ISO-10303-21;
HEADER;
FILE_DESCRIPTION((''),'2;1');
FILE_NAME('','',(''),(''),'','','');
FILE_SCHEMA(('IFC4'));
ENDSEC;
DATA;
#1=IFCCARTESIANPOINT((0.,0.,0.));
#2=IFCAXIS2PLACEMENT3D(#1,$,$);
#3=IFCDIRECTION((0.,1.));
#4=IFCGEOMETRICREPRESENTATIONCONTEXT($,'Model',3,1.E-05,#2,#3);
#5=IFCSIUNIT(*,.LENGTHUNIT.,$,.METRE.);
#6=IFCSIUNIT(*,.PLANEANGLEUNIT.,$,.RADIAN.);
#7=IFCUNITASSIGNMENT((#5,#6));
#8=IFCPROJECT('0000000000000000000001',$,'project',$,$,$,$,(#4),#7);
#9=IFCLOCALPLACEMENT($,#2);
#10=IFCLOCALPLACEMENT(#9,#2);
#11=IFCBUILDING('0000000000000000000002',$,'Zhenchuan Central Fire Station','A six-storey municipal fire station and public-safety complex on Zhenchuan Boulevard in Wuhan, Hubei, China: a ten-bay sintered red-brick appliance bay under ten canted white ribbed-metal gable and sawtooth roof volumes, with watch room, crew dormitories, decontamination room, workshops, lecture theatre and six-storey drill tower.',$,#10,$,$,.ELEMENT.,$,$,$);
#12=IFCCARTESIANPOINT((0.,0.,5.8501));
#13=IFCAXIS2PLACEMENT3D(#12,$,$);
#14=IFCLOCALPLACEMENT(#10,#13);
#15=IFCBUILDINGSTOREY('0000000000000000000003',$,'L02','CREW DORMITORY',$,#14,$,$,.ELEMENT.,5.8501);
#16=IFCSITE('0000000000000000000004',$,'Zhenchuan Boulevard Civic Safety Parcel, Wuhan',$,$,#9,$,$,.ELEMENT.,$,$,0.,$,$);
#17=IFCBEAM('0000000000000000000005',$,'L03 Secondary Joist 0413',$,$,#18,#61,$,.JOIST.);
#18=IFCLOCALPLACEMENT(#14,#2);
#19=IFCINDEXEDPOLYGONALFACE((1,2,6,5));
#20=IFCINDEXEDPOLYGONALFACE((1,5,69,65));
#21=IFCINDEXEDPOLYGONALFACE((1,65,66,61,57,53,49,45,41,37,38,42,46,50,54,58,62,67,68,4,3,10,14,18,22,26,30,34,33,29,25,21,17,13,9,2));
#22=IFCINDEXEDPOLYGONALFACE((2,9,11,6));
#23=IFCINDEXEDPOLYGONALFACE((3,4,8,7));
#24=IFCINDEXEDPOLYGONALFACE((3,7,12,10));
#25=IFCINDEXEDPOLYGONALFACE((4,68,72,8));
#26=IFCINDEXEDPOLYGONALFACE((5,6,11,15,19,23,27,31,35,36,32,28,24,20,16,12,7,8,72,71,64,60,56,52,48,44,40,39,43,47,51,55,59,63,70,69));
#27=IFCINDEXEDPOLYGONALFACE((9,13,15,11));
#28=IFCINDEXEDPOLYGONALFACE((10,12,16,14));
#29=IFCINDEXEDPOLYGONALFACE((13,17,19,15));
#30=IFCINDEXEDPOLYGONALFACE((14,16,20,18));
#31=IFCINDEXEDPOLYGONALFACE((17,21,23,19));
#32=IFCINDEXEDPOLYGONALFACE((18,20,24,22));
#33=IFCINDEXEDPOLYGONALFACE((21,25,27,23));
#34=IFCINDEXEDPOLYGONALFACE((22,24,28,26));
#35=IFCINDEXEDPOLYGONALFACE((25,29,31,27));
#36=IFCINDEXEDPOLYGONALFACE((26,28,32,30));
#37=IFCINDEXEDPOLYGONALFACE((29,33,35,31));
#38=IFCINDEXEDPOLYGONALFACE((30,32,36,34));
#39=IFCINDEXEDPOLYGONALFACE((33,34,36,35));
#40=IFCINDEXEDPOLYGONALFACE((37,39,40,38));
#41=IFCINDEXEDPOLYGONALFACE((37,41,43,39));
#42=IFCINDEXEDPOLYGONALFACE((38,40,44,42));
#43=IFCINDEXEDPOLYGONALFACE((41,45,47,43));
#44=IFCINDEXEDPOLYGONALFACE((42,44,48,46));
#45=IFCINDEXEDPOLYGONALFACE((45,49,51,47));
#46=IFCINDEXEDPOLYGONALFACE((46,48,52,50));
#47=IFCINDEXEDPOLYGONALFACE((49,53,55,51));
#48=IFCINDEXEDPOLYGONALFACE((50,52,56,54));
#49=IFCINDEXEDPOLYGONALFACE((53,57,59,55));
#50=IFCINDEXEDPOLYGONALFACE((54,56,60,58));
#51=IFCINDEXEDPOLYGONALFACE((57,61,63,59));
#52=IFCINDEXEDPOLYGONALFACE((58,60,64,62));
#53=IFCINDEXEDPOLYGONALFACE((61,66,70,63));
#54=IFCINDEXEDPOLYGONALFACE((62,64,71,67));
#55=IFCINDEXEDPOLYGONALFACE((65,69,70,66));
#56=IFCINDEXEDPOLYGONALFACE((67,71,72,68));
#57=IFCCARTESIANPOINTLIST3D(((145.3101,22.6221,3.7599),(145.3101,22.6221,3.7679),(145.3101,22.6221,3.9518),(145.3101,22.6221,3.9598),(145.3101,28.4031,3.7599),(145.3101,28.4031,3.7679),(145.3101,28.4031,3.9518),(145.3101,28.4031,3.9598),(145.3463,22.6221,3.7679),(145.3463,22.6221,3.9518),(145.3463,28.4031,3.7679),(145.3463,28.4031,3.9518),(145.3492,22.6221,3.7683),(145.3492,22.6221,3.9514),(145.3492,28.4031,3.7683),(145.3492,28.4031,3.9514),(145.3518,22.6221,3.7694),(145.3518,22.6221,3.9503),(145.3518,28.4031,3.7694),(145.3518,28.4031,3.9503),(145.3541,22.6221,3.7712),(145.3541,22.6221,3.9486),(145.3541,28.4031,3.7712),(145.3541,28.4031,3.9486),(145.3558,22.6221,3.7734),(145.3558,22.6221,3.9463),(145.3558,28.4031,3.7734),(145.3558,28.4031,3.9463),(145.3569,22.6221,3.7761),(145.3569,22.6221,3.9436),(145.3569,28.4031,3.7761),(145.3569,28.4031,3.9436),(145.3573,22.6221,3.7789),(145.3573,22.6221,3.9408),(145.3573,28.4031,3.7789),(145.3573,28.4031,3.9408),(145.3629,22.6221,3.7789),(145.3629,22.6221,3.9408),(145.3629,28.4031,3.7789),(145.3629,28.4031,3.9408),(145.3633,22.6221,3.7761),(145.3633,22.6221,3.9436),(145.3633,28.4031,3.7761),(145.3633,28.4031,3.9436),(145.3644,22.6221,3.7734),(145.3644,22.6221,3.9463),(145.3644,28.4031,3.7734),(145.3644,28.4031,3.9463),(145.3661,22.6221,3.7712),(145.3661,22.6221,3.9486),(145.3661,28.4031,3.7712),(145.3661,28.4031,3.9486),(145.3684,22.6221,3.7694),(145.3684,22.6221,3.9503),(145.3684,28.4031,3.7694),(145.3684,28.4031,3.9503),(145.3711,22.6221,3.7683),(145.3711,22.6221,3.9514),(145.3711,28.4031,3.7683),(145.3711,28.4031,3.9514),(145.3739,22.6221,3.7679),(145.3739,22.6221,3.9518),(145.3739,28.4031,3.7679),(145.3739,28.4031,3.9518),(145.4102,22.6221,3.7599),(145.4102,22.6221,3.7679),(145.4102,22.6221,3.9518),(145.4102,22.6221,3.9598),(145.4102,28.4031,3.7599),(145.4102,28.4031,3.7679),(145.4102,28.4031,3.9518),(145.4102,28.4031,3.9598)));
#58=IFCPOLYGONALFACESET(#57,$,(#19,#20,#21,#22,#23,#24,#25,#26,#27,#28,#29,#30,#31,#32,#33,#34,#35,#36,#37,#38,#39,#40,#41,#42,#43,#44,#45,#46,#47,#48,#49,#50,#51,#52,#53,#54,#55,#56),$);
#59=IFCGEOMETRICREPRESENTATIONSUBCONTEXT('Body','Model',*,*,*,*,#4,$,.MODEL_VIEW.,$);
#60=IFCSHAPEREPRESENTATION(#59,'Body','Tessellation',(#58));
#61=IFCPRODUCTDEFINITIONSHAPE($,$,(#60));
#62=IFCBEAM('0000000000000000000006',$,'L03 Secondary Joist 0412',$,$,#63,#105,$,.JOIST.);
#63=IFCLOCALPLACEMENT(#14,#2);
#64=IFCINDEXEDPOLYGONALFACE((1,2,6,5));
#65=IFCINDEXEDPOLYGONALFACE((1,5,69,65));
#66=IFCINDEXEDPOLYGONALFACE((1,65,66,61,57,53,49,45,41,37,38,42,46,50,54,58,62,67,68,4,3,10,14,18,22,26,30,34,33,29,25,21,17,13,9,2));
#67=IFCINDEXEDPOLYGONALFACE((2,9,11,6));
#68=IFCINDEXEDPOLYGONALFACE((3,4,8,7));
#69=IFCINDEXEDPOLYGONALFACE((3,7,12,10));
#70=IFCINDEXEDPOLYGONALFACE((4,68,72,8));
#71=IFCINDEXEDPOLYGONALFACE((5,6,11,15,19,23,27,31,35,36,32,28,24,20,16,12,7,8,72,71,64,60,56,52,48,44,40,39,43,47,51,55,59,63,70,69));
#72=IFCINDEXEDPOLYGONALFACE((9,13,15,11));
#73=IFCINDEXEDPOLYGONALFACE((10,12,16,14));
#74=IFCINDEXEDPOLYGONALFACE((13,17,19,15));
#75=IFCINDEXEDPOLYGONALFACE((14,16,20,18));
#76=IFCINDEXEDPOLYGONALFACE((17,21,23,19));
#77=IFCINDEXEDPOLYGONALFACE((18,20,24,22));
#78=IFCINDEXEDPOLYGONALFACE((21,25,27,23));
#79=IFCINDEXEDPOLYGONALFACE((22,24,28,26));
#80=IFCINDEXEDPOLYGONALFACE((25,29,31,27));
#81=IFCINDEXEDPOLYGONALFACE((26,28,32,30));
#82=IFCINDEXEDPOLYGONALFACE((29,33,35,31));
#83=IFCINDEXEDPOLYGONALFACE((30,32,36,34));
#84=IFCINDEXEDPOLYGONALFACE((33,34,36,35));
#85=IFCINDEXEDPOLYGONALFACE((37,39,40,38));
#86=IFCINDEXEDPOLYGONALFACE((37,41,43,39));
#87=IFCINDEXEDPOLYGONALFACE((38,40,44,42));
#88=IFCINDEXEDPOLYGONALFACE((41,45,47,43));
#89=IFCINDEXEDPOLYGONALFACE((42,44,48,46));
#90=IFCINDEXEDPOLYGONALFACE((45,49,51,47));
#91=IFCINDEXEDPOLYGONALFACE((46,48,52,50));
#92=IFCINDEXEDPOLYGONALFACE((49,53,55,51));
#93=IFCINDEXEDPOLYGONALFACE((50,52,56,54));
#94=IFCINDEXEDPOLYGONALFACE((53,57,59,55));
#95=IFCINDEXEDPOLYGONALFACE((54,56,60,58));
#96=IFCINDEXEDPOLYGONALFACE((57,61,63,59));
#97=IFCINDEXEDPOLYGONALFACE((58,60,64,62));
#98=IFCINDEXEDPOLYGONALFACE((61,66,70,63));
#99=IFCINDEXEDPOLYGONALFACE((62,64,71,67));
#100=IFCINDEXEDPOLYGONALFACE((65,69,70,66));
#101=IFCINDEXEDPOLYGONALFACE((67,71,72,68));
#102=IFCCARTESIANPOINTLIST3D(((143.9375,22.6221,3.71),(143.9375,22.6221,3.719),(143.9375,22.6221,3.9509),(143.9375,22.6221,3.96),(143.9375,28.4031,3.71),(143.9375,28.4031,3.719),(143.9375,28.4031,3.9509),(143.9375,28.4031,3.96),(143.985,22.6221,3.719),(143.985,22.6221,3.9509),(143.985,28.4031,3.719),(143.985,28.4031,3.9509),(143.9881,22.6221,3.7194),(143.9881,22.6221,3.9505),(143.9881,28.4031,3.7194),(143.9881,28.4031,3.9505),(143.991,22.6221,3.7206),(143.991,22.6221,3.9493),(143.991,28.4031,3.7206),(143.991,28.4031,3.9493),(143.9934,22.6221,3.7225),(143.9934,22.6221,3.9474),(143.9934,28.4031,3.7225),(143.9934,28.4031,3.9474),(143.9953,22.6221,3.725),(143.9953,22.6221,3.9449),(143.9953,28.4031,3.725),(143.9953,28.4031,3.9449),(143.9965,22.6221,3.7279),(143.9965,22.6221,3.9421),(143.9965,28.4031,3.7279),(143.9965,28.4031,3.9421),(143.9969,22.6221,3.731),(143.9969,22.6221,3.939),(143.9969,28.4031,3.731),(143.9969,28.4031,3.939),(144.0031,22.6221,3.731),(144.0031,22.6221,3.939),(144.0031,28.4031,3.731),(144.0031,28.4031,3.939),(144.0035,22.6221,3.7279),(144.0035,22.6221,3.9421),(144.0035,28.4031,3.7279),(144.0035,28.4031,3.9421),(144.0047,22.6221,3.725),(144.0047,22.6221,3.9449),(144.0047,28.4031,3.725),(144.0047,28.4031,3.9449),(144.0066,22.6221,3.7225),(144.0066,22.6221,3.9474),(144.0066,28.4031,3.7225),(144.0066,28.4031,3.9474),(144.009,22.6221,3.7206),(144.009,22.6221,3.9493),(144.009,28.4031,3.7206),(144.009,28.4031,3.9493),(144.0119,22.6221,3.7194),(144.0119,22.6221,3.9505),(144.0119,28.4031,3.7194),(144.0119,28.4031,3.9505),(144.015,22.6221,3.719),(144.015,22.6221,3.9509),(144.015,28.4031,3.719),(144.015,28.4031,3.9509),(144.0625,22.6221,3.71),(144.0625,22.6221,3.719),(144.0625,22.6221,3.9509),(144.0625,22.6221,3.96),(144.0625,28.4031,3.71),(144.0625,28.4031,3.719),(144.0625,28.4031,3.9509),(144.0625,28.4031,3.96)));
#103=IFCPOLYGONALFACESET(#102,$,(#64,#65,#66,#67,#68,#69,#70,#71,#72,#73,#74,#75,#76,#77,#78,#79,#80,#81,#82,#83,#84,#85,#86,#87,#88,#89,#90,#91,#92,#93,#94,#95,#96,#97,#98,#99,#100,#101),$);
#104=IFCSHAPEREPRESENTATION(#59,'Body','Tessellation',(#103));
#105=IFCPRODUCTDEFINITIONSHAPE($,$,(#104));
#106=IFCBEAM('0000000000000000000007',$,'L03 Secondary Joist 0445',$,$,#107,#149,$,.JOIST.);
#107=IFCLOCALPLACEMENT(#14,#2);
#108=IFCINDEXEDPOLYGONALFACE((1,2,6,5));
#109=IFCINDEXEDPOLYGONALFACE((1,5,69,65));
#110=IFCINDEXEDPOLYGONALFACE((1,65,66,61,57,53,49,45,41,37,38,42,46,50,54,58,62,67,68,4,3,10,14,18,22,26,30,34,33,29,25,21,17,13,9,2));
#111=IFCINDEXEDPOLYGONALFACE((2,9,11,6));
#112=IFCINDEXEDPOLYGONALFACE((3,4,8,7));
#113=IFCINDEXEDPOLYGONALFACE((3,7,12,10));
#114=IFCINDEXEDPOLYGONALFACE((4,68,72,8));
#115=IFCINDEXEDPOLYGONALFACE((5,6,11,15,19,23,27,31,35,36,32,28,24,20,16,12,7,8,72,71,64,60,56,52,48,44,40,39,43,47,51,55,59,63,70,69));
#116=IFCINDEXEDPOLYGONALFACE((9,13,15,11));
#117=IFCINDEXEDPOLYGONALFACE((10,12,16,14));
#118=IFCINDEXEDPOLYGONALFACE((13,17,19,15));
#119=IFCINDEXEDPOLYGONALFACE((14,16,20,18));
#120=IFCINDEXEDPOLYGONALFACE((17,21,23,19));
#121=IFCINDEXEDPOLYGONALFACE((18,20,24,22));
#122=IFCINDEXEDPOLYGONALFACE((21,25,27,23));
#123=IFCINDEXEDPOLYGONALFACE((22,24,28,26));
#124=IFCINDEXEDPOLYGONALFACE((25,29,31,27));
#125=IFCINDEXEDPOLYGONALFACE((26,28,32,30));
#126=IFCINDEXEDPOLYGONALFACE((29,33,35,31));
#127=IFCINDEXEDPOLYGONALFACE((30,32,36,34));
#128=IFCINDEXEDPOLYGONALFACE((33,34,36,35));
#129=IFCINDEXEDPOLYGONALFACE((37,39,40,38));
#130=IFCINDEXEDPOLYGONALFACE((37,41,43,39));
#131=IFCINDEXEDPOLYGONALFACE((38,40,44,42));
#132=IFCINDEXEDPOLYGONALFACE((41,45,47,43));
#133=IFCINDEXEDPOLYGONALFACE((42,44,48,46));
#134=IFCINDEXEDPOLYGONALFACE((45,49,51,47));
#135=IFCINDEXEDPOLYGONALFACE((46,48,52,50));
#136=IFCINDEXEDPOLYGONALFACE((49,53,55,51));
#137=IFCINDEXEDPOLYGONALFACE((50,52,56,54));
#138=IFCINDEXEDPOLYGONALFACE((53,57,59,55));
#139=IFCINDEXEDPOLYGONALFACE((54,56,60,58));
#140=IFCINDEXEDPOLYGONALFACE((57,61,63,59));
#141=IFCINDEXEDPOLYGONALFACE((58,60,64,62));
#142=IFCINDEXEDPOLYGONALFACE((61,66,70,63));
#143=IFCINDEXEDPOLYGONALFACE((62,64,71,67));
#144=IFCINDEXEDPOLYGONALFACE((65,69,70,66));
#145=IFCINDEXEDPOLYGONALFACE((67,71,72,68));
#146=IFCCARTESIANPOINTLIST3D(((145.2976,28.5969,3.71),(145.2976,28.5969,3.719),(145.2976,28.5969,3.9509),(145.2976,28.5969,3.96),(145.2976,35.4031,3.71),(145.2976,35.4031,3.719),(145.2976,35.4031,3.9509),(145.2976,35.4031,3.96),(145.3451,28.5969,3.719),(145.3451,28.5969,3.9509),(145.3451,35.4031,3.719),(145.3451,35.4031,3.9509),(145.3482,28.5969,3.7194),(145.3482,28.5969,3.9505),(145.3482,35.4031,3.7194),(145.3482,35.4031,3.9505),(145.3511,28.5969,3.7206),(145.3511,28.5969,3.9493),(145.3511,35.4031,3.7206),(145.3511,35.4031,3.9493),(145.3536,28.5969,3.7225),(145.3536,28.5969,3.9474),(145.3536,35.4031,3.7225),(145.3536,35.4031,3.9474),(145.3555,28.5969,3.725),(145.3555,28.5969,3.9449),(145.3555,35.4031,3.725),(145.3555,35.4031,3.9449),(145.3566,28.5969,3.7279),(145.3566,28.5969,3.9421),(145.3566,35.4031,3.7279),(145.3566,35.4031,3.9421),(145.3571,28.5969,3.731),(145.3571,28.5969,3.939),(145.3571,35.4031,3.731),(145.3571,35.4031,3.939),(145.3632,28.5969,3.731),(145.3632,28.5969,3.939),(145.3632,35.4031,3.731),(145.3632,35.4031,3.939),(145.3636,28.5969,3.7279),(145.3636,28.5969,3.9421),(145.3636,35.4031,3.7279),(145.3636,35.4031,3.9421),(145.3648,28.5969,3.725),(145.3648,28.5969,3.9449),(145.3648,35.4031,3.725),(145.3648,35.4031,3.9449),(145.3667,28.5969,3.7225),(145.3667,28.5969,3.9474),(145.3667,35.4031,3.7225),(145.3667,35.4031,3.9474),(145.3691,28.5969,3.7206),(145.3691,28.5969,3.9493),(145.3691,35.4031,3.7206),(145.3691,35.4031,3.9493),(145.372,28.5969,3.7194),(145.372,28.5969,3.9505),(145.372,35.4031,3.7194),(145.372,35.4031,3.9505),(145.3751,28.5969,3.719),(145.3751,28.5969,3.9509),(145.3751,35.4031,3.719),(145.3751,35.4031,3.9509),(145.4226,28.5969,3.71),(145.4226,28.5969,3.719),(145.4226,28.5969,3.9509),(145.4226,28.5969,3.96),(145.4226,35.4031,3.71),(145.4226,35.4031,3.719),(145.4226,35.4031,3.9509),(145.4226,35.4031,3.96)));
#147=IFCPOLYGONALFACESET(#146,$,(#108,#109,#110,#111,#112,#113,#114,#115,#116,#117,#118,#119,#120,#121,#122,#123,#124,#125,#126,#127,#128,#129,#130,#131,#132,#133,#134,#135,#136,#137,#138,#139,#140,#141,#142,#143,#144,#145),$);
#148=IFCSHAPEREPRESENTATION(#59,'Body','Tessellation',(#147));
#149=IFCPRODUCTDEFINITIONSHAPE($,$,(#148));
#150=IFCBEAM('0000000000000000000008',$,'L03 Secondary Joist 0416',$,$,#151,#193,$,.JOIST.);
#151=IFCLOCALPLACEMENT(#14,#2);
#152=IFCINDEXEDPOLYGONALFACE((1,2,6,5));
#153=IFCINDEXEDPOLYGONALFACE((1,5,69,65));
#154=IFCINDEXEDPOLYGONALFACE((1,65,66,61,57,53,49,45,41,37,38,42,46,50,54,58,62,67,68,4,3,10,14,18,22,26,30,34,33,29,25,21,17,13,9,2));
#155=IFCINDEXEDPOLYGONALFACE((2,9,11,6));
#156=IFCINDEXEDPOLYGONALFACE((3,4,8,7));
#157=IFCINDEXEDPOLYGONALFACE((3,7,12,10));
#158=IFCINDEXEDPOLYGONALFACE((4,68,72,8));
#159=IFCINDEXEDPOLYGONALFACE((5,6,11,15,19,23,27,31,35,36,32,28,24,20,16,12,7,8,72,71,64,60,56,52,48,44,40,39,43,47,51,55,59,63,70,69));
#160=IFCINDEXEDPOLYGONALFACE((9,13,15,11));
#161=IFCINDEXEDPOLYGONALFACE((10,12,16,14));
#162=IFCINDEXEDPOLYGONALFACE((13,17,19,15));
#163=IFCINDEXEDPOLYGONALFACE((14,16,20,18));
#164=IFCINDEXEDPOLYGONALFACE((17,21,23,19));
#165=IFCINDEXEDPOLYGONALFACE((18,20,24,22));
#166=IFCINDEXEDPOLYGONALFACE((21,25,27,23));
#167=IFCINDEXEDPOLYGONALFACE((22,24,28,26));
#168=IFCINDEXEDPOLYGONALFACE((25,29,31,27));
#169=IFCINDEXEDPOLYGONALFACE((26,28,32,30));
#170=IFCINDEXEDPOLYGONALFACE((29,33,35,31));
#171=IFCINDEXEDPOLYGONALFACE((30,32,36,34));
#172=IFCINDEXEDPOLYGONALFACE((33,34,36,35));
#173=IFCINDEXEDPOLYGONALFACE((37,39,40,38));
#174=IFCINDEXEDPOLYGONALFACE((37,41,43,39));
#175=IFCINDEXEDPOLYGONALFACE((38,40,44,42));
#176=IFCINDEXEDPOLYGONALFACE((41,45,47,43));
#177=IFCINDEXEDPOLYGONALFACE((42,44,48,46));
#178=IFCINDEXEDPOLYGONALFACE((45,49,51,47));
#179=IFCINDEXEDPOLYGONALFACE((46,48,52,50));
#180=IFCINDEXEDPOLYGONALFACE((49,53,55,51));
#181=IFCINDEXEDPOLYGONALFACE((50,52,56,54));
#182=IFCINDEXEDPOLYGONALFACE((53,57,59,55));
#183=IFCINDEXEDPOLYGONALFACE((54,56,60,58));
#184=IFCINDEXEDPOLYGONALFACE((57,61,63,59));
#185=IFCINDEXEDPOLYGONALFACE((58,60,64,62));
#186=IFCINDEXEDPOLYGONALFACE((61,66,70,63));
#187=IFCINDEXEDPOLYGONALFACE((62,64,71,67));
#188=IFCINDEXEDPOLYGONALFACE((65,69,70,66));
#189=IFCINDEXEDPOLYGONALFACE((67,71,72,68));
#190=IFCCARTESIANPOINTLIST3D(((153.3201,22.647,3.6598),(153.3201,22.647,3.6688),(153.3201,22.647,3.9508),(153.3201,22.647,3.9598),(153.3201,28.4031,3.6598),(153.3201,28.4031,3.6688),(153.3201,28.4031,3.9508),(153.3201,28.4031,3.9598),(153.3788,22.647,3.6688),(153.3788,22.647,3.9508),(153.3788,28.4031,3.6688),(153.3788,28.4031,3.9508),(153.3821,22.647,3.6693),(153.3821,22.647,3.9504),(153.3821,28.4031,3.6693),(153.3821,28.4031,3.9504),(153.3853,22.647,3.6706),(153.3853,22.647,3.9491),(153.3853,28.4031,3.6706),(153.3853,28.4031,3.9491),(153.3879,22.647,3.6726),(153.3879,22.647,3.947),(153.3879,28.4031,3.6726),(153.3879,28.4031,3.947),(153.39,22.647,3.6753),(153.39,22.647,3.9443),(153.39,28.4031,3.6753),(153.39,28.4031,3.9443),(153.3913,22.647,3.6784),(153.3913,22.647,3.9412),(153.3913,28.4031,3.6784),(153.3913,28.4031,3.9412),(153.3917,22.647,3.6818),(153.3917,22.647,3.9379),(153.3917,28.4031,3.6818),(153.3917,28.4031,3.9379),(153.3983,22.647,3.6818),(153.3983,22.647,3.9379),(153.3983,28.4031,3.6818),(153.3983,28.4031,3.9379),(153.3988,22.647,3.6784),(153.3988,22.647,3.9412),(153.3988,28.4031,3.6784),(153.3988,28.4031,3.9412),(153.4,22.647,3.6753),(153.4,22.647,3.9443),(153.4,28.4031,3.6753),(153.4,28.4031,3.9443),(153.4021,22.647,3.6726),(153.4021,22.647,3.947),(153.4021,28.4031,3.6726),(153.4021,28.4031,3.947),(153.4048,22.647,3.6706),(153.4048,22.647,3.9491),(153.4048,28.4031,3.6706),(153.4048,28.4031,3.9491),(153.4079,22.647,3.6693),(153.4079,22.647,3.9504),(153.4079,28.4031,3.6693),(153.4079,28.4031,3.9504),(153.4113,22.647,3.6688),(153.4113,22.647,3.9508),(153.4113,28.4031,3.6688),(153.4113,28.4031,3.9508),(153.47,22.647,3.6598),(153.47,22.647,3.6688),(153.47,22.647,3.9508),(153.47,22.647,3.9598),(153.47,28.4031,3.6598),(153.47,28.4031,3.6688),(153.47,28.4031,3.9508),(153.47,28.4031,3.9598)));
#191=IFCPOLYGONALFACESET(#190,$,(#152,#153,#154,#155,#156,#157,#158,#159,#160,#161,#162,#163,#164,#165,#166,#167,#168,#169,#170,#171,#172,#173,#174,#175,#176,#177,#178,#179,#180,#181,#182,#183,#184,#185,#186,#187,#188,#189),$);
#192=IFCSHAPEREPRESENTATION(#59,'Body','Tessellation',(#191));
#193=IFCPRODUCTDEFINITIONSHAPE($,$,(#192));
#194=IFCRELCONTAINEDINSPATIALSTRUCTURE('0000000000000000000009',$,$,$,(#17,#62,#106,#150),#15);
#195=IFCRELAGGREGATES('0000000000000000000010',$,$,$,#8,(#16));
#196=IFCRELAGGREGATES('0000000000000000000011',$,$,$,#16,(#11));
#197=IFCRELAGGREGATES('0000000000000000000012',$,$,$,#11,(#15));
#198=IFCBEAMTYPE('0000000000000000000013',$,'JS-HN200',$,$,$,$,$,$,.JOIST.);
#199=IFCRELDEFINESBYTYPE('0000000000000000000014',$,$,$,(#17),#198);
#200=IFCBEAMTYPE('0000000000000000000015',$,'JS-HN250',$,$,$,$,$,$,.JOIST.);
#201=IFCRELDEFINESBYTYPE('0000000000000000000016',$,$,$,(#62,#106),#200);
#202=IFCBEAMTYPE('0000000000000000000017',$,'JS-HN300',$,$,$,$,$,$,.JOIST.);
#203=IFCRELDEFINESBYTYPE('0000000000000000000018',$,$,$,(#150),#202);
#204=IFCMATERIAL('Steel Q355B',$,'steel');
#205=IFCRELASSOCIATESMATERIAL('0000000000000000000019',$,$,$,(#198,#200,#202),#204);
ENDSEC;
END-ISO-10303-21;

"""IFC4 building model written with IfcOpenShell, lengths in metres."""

from ifc_helpers import new_model, si_unit, direction, frame, origin, origin_2d, place, context, subcontext, project, spatial, i_section, extrude, material, material_profile, profile_set, type_object, element, save


model = new_model("IFC4")

# Units and contexts
model_context = context("Model", 3, precision=1e-05, world=origin(), true_north=direction((0.0, 1.0)))
body_context = subcontext(model_context, "Body", "Model", "MODEL_VIEW")
ifc_project = project(units=[si_unit("LENGTHUNIT", "METRE"), si_unit("PLANEANGLEUNIT", "RADIAN")], contexts=[model_context])

# Site, building, storey
site_placement = place(None, origin())
site = spatial("IfcSite", under=ifc_project, at=site_placement, Name="Zhenchuan Boulevard Civic Safety Parcel, Wuhan", CompositionType="ELEMENT", RefElevation=0.0)
building_placement = place(site_placement, origin())
building = spatial("IfcBuilding", under=site, at=building_placement, Name="Zhenchuan Central Fire Station", Description="A six-storey municipal fire station and public-safety complex on Zhenchuan Boulevard in Wuhan, Hubei, China: a ten-bay sintered red-brick appliance bay under ten canted white ribbed-metal gable and sawtooth roof volumes, with watch room, crew dormitories, decontamination room, workshops, lecture theatre and six-storey drill tower.", CompositionType="ELEMENT")
storey_placement = place(building_placement, frame((0.0, 0.0, 5.8501)))
storey = spatial("IfcBuildingStorey", under=building, at=storey_placement, Name="L02", Description="CREW DORMITORY", CompositionType="ELEMENT", Elevation=5.8501)

# Shared definitions
ifc_material_1 = material(Name="Steel Q355B", Category="steel")

# Beams
ifc_material_profile_1 = material_profile(ifc_material_1, i_section(OverallWidth=0.1001, OverallDepth=0.2, WebThickness=0.0056, FlangeThickness=0.0081, FilletRadius=0.011, at=origin_2d()), Name="HN 200x100")
ifc_profile_set_1 = profile_set([ifc_material_profile_1], Name="Steel Q355B")
beam_type_1 = type_object("IfcBeamType", Name="JS-HN200", PredefinedType="JOIST", material=ifc_profile_set_1)
for number, where, z_axis, x_axis, name in (
    (1, (145.3601, 22.6221, 3.8599), (0.0, 1.0, 0.0), (-1.0, 0.0, 0.0), "L03 Secondary Joist 0413"),
):
    element("IfcBeam", number, at=place(storey_placement, frame(where, z_axis=z_axis, x_axis=x_axis)), inside=storey, type_object=beam_type_1, Name=name, PredefinedType="JOIST", context=body_context, shape_type="SweptSolid", body=[
        extrude(i_section(OverallWidth=0.1001, OverallDepth=0.2, WebThickness=0.0056, FlangeThickness=0.0081, FilletRadius=0.011, at=origin_2d()), origin(), (0.0, 0.0, 1.0), 5.781),
    ])
ifc_material_profile_2 = material_profile(ifc_material_1, i_section(OverallWidth=0.125, OverallDepth=0.25, WebThickness=0.0061, FlangeThickness=0.009, FilletRadius=0.012, at=origin_2d()), Name="HN 250x125")
ifc_profile_set_2 = profile_set([ifc_material_profile_2], Name="Steel Q355B")
beam_type_2 = type_object("IfcBeamType", Name="JS-HN250", PredefinedType="JOIST", material=ifc_profile_set_2)
beam_1_placement = place(storey_placement, frame((144.0, 22.6221, 3.835), z_axis=(0.0, 1.0, 0.0), x_axis=(-1.0, 0.0, 0.0)))
element("IfcBeam", 2, at=beam_1_placement, inside=storey, type_object=beam_type_2, Name="L03 Secondary Joist 0412", PredefinedType="JOIST", context=body_context, shape_type="SweptSolid", body=[
    extrude(i_section(OverallWidth=0.125, OverallDepth=0.25, WebThickness=0.0061, FlangeThickness=0.009, FilletRadius=0.012, at=origin_2d()), origin(), (0.0, 0.0, 1.0), 5.781),
])
beam_2_placement = place(storey_placement, frame((145.3601, 28.5969, 3.835), z_axis=(0.0, 1.0, 0.0), x_axis=(-1.0, 0.0, 0.0)))
element("IfcBeam", 3, at=beam_2_placement, inside=storey, type_object=beam_type_2, Name="L03 Secondary Joist 0445", PredefinedType="JOIST", context=body_context, shape_type="SweptSolid", body=[
    extrude(i_section(OverallWidth=0.125, OverallDepth=0.25, WebThickness=0.0061, FlangeThickness=0.009, FilletRadius=0.012, at=origin_2d()), origin(), (0.0, 0.0, 1.0), 6.8062),
])
ifc_material_profile_3 = material_profile(ifc_material_1, i_section(OverallWidth=0.1499, OverallDepth=0.3, WebThickness=0.0066, FlangeThickness=0.009, FilletRadius=0.0129, at=origin_2d()), Name="HN 300x150")
ifc_profile_set_3 = profile_set([ifc_material_profile_3], Name="Steel Q355B")
beam_type_3 = type_object("IfcBeamType", Name="JS-HN300", PredefinedType="JOIST", material=ifc_profile_set_3)
beam_3_placement = place(storey_placement, frame((153.395, 22.647, 3.8098), z_axis=(0.0, 1.0, 0.0), x_axis=(-1.0, 0.0, 0.0)))
element("IfcBeam", 4, at=beam_3_placement, inside=storey, type_object=beam_type_3, Name="L03 Secondary Joist 0416", PredefinedType="JOIST", context=body_context, shape_type="SweptSolid", body=[
    extrude(i_section(OverallWidth=0.1499, OverallDepth=0.3, WebThickness=0.0066, FlangeThickness=0.009, FilletRadius=0.0129, at=origin_2d()), origin(), (0.0, 0.0, 1.0), 5.7561),
])

save(model, "model.ifc")
